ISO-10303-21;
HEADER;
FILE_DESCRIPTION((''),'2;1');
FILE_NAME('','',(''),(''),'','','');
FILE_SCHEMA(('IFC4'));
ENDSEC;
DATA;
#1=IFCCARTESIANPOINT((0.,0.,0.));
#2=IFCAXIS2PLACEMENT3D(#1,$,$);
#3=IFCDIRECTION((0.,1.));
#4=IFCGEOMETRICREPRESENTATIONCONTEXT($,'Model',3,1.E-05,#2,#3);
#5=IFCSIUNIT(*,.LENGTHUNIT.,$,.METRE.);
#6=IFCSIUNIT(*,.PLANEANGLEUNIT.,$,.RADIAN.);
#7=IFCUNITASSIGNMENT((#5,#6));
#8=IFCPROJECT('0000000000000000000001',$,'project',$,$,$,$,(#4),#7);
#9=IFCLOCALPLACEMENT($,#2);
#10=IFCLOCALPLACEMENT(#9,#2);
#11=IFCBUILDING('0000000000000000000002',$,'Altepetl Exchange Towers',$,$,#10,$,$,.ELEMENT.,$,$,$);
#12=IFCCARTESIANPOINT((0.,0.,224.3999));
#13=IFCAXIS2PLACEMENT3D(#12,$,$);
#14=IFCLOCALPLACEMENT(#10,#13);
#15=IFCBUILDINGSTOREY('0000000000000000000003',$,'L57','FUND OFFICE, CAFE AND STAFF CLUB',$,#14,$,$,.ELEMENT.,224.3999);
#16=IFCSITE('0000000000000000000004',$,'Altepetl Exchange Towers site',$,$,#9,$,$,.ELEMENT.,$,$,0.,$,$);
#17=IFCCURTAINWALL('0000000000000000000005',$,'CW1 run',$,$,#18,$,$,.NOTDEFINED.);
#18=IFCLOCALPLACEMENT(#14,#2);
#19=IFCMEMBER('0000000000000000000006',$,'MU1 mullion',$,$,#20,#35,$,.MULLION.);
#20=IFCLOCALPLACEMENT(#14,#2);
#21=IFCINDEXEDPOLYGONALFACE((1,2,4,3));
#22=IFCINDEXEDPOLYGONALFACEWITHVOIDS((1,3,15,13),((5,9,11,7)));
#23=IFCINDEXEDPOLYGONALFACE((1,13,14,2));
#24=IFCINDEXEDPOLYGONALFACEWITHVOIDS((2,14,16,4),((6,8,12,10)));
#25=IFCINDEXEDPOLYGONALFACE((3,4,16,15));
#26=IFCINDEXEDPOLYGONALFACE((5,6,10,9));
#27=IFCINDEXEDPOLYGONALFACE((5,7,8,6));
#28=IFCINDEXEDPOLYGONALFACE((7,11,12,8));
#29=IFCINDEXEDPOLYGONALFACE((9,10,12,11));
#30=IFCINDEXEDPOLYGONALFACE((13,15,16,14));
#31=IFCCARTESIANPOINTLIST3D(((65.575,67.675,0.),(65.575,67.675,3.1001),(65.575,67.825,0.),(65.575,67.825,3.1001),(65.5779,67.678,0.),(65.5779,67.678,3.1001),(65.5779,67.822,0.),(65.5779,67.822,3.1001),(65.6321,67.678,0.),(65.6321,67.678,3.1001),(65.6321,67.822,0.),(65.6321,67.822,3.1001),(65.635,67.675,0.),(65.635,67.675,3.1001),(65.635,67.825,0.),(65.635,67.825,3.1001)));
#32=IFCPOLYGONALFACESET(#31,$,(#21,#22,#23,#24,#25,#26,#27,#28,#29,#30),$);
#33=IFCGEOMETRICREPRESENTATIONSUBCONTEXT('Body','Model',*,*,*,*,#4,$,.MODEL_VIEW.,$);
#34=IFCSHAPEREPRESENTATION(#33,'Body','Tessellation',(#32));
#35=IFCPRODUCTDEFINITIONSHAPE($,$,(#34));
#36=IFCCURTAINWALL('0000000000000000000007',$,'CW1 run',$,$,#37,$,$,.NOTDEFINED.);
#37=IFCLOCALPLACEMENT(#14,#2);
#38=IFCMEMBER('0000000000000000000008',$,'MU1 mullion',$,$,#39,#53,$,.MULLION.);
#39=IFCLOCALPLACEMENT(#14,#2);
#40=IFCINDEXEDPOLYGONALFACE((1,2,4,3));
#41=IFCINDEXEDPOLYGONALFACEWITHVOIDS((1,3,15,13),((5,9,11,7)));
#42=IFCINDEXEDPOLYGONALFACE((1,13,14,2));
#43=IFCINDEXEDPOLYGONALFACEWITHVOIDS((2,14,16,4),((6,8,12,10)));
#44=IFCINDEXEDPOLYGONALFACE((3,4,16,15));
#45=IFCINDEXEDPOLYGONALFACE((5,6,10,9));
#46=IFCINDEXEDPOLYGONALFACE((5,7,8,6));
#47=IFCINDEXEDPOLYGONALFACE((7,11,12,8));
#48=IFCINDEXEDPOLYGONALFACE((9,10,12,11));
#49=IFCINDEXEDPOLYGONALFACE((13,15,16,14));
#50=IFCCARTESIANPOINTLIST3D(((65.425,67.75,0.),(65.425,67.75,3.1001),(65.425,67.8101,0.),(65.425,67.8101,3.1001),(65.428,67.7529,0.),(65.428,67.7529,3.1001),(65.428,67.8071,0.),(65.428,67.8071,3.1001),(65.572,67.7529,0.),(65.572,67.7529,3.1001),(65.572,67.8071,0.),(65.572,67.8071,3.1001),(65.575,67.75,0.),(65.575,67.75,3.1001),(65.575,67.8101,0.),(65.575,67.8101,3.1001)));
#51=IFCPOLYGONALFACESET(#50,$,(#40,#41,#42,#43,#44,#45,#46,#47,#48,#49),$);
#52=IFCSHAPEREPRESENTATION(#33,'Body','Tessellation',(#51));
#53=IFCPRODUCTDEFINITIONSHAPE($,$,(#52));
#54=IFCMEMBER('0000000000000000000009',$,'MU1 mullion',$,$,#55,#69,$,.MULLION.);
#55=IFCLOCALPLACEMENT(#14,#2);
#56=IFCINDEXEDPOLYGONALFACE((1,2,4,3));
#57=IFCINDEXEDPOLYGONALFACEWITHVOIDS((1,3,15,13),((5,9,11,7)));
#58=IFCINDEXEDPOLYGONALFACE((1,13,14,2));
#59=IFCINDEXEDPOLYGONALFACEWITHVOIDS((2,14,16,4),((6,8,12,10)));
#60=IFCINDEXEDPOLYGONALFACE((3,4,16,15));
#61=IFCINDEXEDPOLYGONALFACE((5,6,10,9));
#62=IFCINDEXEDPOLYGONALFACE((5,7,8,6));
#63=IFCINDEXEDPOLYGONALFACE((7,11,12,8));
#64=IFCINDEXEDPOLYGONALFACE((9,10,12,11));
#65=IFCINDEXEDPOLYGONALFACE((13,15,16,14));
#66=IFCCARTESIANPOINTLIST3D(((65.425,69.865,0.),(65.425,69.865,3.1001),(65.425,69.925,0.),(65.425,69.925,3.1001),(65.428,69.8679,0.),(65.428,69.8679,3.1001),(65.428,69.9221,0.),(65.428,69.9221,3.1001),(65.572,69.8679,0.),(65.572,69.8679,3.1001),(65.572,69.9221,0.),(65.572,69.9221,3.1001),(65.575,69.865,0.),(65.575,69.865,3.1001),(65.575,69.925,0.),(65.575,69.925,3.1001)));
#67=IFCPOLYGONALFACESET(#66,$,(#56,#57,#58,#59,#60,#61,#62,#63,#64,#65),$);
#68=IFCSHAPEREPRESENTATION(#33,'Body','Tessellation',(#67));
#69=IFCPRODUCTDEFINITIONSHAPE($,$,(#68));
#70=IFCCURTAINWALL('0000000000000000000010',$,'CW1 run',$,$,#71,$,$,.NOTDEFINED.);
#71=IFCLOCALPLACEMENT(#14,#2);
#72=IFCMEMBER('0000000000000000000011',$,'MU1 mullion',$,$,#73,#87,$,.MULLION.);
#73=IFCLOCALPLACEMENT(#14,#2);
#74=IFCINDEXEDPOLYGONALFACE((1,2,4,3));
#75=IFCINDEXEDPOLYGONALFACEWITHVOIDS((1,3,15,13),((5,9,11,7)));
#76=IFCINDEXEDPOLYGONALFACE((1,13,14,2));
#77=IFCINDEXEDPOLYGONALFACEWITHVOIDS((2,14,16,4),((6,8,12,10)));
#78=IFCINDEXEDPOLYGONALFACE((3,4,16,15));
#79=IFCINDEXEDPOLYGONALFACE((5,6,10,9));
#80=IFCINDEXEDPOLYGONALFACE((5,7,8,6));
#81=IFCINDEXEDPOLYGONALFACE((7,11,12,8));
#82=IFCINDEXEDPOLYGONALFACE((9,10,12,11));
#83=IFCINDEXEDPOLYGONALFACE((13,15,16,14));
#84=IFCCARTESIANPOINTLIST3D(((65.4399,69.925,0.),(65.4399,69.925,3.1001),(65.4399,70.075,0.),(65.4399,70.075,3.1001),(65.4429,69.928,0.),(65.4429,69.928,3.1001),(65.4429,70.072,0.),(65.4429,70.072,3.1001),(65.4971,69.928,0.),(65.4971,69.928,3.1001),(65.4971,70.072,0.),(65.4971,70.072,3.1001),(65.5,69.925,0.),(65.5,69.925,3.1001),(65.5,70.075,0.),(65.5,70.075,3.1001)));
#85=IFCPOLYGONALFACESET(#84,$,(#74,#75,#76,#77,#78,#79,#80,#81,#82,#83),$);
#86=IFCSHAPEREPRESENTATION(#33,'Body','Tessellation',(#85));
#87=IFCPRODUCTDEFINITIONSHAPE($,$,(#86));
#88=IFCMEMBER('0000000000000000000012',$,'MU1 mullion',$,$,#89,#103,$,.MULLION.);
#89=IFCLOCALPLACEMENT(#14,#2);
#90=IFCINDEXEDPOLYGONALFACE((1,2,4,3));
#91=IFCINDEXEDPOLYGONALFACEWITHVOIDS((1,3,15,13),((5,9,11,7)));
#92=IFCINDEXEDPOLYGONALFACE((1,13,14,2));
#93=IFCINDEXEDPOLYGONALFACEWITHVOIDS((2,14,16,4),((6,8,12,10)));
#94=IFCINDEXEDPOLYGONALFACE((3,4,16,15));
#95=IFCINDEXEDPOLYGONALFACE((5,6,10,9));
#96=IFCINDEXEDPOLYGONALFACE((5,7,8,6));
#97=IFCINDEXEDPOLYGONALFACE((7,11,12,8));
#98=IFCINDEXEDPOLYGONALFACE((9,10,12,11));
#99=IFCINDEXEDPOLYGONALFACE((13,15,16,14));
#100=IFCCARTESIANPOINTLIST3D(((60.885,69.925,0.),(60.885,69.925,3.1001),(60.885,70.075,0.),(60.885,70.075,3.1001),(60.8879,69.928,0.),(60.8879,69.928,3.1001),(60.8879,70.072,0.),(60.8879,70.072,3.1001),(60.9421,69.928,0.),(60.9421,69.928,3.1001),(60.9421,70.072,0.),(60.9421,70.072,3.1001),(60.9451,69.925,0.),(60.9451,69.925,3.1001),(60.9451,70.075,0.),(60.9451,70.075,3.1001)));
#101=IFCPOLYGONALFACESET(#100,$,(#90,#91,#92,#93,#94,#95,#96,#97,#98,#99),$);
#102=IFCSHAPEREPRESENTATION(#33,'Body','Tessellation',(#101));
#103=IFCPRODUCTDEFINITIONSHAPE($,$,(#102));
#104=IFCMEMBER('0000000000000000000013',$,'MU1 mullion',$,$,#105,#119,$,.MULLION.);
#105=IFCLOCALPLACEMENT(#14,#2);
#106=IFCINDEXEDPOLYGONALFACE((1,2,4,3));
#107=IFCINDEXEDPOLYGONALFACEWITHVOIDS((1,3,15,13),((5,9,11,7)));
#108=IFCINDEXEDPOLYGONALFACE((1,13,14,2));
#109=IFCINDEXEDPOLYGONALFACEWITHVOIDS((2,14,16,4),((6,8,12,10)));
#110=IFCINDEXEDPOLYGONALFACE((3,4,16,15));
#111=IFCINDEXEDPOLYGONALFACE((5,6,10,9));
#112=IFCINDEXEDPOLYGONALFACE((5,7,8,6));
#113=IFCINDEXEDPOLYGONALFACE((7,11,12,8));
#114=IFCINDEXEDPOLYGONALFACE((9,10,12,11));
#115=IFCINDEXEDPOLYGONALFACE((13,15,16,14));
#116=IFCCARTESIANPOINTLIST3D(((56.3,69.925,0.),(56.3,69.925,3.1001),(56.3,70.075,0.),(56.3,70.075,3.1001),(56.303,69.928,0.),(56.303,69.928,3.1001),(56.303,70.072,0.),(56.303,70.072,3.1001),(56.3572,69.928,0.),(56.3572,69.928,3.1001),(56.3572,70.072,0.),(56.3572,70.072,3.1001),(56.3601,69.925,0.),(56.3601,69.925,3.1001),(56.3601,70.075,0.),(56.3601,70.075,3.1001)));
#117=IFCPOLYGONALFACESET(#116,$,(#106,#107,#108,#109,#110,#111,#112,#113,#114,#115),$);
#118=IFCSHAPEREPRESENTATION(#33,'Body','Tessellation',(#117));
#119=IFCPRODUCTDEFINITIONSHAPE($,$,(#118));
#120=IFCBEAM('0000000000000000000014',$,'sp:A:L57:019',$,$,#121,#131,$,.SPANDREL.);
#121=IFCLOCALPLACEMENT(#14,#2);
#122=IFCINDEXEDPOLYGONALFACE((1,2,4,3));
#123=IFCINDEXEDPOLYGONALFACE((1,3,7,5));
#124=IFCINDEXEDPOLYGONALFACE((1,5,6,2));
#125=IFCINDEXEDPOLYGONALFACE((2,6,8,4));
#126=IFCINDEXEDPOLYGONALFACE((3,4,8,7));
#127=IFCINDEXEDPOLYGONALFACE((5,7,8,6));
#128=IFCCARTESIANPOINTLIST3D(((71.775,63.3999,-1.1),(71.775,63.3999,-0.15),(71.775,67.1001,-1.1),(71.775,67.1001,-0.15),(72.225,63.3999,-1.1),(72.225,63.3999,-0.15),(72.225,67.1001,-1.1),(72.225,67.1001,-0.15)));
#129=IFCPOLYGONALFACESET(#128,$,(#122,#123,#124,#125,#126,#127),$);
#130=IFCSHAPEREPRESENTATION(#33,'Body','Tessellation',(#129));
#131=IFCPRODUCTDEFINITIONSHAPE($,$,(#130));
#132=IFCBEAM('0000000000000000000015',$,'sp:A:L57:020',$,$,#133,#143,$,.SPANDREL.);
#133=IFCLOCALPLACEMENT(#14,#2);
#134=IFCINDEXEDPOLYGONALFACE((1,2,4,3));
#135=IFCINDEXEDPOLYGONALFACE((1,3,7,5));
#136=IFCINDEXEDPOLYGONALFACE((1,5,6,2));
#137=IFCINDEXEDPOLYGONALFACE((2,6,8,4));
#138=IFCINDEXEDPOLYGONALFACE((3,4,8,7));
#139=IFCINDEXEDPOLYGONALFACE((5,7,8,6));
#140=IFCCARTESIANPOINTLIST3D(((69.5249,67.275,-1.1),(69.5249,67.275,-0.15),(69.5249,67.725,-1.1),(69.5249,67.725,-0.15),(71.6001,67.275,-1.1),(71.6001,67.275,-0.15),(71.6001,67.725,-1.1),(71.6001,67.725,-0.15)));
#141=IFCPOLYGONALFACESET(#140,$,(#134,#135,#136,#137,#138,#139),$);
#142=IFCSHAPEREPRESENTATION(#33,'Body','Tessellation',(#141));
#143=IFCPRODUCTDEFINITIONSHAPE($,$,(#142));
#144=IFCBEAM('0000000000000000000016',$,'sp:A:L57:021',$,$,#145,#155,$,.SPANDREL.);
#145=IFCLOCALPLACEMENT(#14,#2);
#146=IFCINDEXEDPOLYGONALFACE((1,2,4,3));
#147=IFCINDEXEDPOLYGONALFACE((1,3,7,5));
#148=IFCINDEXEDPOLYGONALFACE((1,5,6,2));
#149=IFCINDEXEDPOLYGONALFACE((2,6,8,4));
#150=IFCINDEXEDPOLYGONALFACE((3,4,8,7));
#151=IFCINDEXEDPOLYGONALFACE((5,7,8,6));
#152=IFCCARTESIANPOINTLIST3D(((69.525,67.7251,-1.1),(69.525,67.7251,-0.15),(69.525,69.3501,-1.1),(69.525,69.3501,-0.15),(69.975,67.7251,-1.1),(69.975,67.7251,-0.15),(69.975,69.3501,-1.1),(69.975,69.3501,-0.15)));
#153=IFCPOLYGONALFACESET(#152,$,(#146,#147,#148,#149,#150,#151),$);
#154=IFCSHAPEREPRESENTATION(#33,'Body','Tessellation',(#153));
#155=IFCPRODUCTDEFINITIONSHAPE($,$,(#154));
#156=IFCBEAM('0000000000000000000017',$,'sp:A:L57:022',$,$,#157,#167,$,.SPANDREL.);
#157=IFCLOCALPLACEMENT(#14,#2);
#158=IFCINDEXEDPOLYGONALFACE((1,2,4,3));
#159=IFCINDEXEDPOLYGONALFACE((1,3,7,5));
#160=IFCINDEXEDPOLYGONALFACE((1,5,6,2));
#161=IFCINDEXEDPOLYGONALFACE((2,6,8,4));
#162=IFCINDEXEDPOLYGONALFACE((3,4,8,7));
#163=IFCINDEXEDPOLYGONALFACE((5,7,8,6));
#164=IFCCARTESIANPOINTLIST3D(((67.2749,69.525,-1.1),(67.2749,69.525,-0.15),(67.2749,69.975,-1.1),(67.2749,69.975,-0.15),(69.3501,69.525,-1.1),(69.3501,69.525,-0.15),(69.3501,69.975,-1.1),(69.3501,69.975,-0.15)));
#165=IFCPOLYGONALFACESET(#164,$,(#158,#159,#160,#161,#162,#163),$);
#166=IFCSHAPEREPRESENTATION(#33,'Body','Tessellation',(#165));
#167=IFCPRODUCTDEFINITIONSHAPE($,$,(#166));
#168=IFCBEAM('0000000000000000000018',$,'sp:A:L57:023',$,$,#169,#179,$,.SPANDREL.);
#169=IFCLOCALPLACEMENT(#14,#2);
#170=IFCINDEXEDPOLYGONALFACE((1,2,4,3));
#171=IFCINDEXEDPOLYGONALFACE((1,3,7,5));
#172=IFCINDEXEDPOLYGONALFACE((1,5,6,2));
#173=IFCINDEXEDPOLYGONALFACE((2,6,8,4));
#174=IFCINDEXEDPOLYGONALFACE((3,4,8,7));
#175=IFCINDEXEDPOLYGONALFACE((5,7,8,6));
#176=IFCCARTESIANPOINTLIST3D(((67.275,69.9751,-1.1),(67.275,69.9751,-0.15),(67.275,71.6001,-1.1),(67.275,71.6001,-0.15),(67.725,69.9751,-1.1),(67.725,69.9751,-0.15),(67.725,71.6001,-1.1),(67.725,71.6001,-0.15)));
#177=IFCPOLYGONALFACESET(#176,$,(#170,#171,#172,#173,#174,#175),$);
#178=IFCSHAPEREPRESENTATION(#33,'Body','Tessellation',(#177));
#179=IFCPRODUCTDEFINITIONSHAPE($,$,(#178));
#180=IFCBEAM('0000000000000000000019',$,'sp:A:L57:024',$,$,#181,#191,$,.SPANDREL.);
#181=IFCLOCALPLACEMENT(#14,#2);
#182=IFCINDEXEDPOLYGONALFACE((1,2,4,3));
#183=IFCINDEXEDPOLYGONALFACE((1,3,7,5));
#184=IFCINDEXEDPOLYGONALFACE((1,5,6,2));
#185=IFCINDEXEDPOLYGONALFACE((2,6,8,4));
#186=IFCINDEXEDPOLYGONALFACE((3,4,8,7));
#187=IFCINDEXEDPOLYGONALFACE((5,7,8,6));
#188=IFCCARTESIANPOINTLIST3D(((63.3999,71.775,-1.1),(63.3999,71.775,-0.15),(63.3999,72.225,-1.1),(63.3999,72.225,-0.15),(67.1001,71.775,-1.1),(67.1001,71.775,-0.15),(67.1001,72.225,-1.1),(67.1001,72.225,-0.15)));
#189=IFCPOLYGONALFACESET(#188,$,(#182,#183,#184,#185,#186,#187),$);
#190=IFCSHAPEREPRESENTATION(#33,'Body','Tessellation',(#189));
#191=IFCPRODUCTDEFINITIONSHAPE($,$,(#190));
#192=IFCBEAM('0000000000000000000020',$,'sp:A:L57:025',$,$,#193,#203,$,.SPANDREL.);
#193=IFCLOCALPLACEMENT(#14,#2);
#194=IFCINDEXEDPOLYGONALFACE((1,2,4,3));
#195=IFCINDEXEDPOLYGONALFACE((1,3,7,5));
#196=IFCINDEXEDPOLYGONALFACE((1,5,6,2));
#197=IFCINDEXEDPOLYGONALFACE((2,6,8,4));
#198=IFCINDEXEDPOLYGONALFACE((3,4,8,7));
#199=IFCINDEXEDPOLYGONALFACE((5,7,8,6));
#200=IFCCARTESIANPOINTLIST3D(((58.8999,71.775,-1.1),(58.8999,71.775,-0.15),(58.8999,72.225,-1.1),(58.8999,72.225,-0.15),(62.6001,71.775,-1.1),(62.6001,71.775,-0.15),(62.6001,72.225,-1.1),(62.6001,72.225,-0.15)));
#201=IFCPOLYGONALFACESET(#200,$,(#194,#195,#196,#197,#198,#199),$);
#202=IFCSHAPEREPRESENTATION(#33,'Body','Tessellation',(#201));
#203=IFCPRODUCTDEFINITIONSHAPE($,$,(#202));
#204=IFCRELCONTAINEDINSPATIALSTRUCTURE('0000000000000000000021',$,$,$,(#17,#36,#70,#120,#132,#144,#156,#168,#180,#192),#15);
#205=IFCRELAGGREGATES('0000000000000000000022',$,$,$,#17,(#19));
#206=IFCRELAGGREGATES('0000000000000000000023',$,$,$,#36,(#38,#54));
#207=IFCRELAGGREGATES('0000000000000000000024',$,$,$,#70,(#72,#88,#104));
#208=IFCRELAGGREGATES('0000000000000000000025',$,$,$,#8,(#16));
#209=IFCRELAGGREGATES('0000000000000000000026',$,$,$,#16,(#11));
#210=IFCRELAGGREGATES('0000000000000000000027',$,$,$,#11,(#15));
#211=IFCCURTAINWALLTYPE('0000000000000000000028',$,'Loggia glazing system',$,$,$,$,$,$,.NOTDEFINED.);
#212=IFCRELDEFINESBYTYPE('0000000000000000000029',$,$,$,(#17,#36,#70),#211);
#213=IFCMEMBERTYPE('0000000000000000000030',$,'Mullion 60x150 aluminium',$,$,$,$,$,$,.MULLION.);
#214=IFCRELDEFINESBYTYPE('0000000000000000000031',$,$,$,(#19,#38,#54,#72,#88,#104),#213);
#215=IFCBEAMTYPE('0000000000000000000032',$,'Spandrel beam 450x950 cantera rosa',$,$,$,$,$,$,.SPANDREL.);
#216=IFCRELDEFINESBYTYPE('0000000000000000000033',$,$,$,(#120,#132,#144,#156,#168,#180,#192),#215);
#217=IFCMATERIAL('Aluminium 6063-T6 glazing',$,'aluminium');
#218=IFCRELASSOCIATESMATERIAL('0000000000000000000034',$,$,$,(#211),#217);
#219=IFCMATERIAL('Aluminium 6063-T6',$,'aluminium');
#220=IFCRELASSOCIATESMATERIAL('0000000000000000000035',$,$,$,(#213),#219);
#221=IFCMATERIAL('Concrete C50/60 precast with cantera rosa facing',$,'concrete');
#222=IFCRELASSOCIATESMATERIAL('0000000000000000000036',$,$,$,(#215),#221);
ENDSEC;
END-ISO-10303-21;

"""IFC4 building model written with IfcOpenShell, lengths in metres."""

from ifc_helpers import new_model, si_unit, direction, frame, origin, origin_2d, place, context, subcontext, project, spatial, rectangle, hollow_rectangle, extrude, material, material_profile, profile_set, type_object, element, aggregate, save


model = new_model("IFC4")

# Units and contexts
model_context = context("Model", 3, precision=1e-05, world=origin(), true_north=direction((0.0, 1.0)))
body_context = subcontext(model_context, "Body", "Model", "MODEL_VIEW")
ifc_project = project(units=[si_unit("LENGTHUNIT", "METRE"), si_unit("PLANEANGLEUNIT", "RADIAN")], contexts=[model_context])

# Site, building, storey
site_placement = place(None, origin())
site = spatial("IfcSite", under=ifc_project, at=site_placement, Name="Altepetl Exchange Towers site", CompositionType="ELEMENT", RefElevation=0.0)
building_placement = place(site_placement, origin())
building = spatial("IfcBuilding", under=site, at=building_placement, Name="Altepetl Exchange Towers", CompositionType="ELEMENT")
storey_placement = place(building_placement, frame((0.0, 0.0, 224.3999)))
storey = spatial("IfcBuildingStorey", under=building, at=storey_placement, Name="L57", Description="FUND OFFICE, CAFE AND STAFF CLUB", CompositionType="ELEMENT", Elevation=224.3999)

# Curtain walls, members
ifc_material_1 = material(Name="Aluminium 6063-T6 glazing", Category="aluminium")
curtain_wall_type = type_object("IfcCurtainWallType", Name="Loggia glazing system", PredefinedType="NOTDEFINED", material=ifc_material_1)
ifc_material_2 = material(Name="Aluminium 6063-T6", Category="aluminium")
ifc_material_profile_1 = material_profile(ifc_material_2, hollow_rectangle(XDim=0.0601, YDim=0.1499, WallThickness=0.0029, at=origin_2d()), Name="Mullion 60x150 aluminium")
ifc_profile_set_1 = profile_set([ifc_material_profile_1], Name="Aluminium 6063-T6")
member_type = type_object("IfcMemberType", Name="Mullion 60x150 aluminium", PredefinedType="MULLION", material=ifc_profile_set_1)
curtain_wall_1_placement = place(storey_placement, origin())
curtain_wall_1 = element("IfcCurtainWall", 1, at=curtain_wall_1_placement, inside=storey, type_object=curtain_wall_type, Name="CW1 run", PredefinedType="NOTDEFINED")
member_1_placement = place(storey_placement, frame((65.605, 67.75, 0.0), z_axis=(0.0, 0.0, 1.0), x_axis=(-1.0, 0.0, 0.0)))
member_1 = element("IfcMember", 2, at=member_1_placement, type_object=member_type, Name="MU1 mullion", PredefinedType="MULLION", context=body_context, shape_type="SweptSolid", body=[
    extrude(hollow_rectangle(XDim=0.0601, YDim=0.1499, WallThickness=0.0029, at=origin_2d()), origin(), (0.0, 0.0, 1.0), 3.1001),
])
curtain_wall_2_placement = place(storey_placement, origin())
curtain_wall_2 = element("IfcCurtainWall", 3, at=curtain_wall_2_placement, inside=storey, type_object=curtain_wall_type, Name="CW1 run", PredefinedType="NOTDEFINED")
member_2_placement = place(storey_placement, frame((65.5, 67.78, 0.0), z_axis=(0.0, 0.0, 1.0), x_axis=(0.0, 1.0, 0.0)))
member_2 = element("IfcMember", 4, at=member_2_placement, type_object=member_type, Name="MU1 mullion", PredefinedType="MULLION", context=body_context, shape_type="SweptSolid", body=[
    extrude(hollow_rectangle(XDim=0.0601, YDim=0.1499, WallThickness=0.0029, at=origin_2d()), origin(), (0.0, 0.0, 1.0), 3.1001),
])
member_3_placement = place(storey_placement, frame((65.5, 69.895, 0.0), z_axis=(0.0, 0.0, 1.0), x_axis=(0.0, 1.0, 0.0)))
member_3 = element("IfcMember", 5, at=member_3_placement, type_object=member_type, Name="MU1 mullion", PredefinedType="MULLION", context=body_context, shape_type="SweptSolid", body=[
    extrude(hollow_rectangle(XDim=0.0601, YDim=0.1499, WallThickness=0.0029, at=origin_2d()), origin(), (0.0, 0.0, 1.0), 3.1001),
])
curtain_wall_3_placement = place(storey_placement, origin())
curtain_wall_3 = element("IfcCurtainWall", 6, at=curtain_wall_3_placement, inside=storey, type_object=curtain_wall_type, Name="CW1 run", PredefinedType="NOTDEFINED")
member_4_placement = place(storey_placement, frame((65.47, 70.0, 0.0), z_axis=(0.0, 0.0, 1.0), x_axis=(-1.0, 0.0, 0.0)))
member_4 = element("IfcMember", 7, at=member_4_placement, type_object=member_type, Name="MU1 mullion", PredefinedType="MULLION", context=body_context, shape_type="SweptSolid", body=[
    extrude(hollow_rectangle(XDim=0.0601, YDim=0.1499, WallThickness=0.0029, at=origin_2d()), origin(), (0.0, 0.0, 1.0), 3.1001),
])
member_5_placement = place(storey_placement, frame((60.915, 70.0, 0.0), z_axis=(0.0, 0.0, 1.0), x_axis=(-1.0, 0.0, 0.0)))
member_5 = element("IfcMember", 8, at=member_5_placement, type_object=member_type, Name="MU1 mullion", PredefinedType="MULLION", context=body_context, shape_type="SweptSolid", body=[
    extrude(hollow_rectangle(XDim=0.0601, YDim=0.1499, WallThickness=0.0029, at=origin_2d()), origin(), (0.0, 0.0, 1.0), 3.1001),
])
member_6_placement = place(storey_placement, frame((56.3301, 70.0, 0.0), z_axis=(0.0, 0.0, 1.0), x_axis=(-1.0, 0.0, 0.0)))
member_6 = element("IfcMember", 9, at=member_6_placement, type_object=member_type, Name="MU1 mullion", PredefinedType="MULLION", context=body_context, shape_type="SweptSolid", body=[
    extrude(hollow_rectangle(XDim=0.0601, YDim=0.1499, WallThickness=0.0029, at=origin_2d()), origin(), (0.0, 0.0, 1.0), 3.1001),
])

# Beams
ifc_material_3 = material(Name="Concrete C50/60 precast with cantera rosa facing", Category="concrete")
ifc_material_profile_2 = material_profile(ifc_material_3, rectangle(XDim=0.45, YDim=0.95, at=origin_2d()), Name="450 x 950")
ifc_profile_set_2 = profile_set([ifc_material_profile_2], Name="Concrete C50/60 precast with cantera rosa facing")
beam_type = type_object("IfcBeamType", Name="Spandrel beam 450x950 cantera rosa", PredefinedType="SPANDREL", material=ifc_profile_set_2)
beam_1_placement = place(storey_placement, frame((72.0, 63.3999, -0.625), z_axis=(0.0, 1.0, 0.0), x_axis=(-1.0, 0.0, 0.0)))
element("IfcBeam", 10, at=beam_1_placement, inside=storey, type_object=beam_type, Name="sp:A:L57:019", PredefinedType="SPANDREL", context=body_context, shape_type="SweptSolid", body=[
    extrude(rectangle(XDim=0.45, YDim=0.95, at=origin_2d()), origin(), (0.0, 0.0, 1.0), 3.7002),
])
beam_2_placement = place(storey_placement, frame((71.6001, 67.5, -0.625), z_axis=(-1.0, 0.0, 0.0), x_axis=(0.0, -1.0, 0.0)))
element("IfcBeam", 11, at=beam_2_placement, inside=storey, type_object=beam_type, Name="sp:A:L57:020", PredefinedType="SPANDREL", context=body_context, shape_type="SweptSolid", body=[
    extrude(rectangle(XDim=0.45, YDim=0.95, at=origin_2d()), origin(), (0.0, 0.0, 1.0), 2.0752),
])
beam_3_placement = place(storey_placement, frame((69.75, 67.7251, -0.625), z_axis=(0.0, 1.0, 0.0), x_axis=(-1.0, 0.0, 0.0)))
element("IfcBeam", 12, at=beam_3_placement, inside=storey, type_object=beam_type, Name="sp:A:L57:021", PredefinedType="SPANDREL", context=body_context, shape_type="SweptSolid", body=[
    extrude(rectangle(XDim=0.45, YDim=0.95, at=origin_2d()), origin(), (0.0, 0.0, 1.0), 1.625),
])
beam_4_placement = place(storey_placement, frame((69.3501, 69.75, -0.625), z_axis=(-1.0, 0.0, 0.0), x_axis=(0.0, -1.0, 0.0)))
element("IfcBeam", 13, at=beam_4_placement, inside=storey, type_object=beam_type, Name="sp:A:L57:022", PredefinedType="SPANDREL", context=body_context, shape_type="SweptSolid", body=[
    extrude(rectangle(XDim=0.45, YDim=0.95, at=origin_2d()), origin(), (0.0, 0.0, 1.0), 2.0752),
])
beam_5_placement = place(storey_placement, frame((67.5, 69.9751, -0.625), z_axis=(0.0, 1.0, 0.0), x_axis=(-1.0, 0.0, 0.0)))
element("IfcBeam", 14, at=beam_5_placement, inside=storey, type_object=beam_type, Name="sp:A:L57:023", PredefinedType="SPANDREL", context=body_context, shape_type="SweptSolid", body=[
    extrude(rectangle(XDim=0.45, YDim=0.95, at=origin_2d()), origin(), (0.0, 0.0, 1.0), 1.625),
])
for number, where, z_axis, x_axis, name in (
    (15, (67.1001, 72.0, -0.625), (-1.0, 0.0, 0.0), (0.0, -1.0, 0.0), "sp:A:L57:024"),
    (16, (62.6001, 72.0, -0.625), (-1.0, 0.0, 0.0), (0.0, -1.0, 0.0), "sp:A:L57:025"),
):
    element("IfcBeam", number, at=place(storey_placement, frame(where, z_axis=z_axis, x_axis=x_axis)), inside=storey, type_object=beam_type, Name=name, PredefinedType="SPANDREL", context=body_context, shape_type="SweptSolid", body=[
        extrude(rectangle(XDim=0.45, YDim=0.95, at=origin_2d()), origin(), (0.0, 0.0, 1.0), 3.7002),
    ])

aggregate(curtain_wall_1, [member_1])
aggregate(curtain_wall_2, [member_2, member_3])
aggregate(curtain_wall_3, [member_4, member_5, member_6])

save(model, "model.ifc")
